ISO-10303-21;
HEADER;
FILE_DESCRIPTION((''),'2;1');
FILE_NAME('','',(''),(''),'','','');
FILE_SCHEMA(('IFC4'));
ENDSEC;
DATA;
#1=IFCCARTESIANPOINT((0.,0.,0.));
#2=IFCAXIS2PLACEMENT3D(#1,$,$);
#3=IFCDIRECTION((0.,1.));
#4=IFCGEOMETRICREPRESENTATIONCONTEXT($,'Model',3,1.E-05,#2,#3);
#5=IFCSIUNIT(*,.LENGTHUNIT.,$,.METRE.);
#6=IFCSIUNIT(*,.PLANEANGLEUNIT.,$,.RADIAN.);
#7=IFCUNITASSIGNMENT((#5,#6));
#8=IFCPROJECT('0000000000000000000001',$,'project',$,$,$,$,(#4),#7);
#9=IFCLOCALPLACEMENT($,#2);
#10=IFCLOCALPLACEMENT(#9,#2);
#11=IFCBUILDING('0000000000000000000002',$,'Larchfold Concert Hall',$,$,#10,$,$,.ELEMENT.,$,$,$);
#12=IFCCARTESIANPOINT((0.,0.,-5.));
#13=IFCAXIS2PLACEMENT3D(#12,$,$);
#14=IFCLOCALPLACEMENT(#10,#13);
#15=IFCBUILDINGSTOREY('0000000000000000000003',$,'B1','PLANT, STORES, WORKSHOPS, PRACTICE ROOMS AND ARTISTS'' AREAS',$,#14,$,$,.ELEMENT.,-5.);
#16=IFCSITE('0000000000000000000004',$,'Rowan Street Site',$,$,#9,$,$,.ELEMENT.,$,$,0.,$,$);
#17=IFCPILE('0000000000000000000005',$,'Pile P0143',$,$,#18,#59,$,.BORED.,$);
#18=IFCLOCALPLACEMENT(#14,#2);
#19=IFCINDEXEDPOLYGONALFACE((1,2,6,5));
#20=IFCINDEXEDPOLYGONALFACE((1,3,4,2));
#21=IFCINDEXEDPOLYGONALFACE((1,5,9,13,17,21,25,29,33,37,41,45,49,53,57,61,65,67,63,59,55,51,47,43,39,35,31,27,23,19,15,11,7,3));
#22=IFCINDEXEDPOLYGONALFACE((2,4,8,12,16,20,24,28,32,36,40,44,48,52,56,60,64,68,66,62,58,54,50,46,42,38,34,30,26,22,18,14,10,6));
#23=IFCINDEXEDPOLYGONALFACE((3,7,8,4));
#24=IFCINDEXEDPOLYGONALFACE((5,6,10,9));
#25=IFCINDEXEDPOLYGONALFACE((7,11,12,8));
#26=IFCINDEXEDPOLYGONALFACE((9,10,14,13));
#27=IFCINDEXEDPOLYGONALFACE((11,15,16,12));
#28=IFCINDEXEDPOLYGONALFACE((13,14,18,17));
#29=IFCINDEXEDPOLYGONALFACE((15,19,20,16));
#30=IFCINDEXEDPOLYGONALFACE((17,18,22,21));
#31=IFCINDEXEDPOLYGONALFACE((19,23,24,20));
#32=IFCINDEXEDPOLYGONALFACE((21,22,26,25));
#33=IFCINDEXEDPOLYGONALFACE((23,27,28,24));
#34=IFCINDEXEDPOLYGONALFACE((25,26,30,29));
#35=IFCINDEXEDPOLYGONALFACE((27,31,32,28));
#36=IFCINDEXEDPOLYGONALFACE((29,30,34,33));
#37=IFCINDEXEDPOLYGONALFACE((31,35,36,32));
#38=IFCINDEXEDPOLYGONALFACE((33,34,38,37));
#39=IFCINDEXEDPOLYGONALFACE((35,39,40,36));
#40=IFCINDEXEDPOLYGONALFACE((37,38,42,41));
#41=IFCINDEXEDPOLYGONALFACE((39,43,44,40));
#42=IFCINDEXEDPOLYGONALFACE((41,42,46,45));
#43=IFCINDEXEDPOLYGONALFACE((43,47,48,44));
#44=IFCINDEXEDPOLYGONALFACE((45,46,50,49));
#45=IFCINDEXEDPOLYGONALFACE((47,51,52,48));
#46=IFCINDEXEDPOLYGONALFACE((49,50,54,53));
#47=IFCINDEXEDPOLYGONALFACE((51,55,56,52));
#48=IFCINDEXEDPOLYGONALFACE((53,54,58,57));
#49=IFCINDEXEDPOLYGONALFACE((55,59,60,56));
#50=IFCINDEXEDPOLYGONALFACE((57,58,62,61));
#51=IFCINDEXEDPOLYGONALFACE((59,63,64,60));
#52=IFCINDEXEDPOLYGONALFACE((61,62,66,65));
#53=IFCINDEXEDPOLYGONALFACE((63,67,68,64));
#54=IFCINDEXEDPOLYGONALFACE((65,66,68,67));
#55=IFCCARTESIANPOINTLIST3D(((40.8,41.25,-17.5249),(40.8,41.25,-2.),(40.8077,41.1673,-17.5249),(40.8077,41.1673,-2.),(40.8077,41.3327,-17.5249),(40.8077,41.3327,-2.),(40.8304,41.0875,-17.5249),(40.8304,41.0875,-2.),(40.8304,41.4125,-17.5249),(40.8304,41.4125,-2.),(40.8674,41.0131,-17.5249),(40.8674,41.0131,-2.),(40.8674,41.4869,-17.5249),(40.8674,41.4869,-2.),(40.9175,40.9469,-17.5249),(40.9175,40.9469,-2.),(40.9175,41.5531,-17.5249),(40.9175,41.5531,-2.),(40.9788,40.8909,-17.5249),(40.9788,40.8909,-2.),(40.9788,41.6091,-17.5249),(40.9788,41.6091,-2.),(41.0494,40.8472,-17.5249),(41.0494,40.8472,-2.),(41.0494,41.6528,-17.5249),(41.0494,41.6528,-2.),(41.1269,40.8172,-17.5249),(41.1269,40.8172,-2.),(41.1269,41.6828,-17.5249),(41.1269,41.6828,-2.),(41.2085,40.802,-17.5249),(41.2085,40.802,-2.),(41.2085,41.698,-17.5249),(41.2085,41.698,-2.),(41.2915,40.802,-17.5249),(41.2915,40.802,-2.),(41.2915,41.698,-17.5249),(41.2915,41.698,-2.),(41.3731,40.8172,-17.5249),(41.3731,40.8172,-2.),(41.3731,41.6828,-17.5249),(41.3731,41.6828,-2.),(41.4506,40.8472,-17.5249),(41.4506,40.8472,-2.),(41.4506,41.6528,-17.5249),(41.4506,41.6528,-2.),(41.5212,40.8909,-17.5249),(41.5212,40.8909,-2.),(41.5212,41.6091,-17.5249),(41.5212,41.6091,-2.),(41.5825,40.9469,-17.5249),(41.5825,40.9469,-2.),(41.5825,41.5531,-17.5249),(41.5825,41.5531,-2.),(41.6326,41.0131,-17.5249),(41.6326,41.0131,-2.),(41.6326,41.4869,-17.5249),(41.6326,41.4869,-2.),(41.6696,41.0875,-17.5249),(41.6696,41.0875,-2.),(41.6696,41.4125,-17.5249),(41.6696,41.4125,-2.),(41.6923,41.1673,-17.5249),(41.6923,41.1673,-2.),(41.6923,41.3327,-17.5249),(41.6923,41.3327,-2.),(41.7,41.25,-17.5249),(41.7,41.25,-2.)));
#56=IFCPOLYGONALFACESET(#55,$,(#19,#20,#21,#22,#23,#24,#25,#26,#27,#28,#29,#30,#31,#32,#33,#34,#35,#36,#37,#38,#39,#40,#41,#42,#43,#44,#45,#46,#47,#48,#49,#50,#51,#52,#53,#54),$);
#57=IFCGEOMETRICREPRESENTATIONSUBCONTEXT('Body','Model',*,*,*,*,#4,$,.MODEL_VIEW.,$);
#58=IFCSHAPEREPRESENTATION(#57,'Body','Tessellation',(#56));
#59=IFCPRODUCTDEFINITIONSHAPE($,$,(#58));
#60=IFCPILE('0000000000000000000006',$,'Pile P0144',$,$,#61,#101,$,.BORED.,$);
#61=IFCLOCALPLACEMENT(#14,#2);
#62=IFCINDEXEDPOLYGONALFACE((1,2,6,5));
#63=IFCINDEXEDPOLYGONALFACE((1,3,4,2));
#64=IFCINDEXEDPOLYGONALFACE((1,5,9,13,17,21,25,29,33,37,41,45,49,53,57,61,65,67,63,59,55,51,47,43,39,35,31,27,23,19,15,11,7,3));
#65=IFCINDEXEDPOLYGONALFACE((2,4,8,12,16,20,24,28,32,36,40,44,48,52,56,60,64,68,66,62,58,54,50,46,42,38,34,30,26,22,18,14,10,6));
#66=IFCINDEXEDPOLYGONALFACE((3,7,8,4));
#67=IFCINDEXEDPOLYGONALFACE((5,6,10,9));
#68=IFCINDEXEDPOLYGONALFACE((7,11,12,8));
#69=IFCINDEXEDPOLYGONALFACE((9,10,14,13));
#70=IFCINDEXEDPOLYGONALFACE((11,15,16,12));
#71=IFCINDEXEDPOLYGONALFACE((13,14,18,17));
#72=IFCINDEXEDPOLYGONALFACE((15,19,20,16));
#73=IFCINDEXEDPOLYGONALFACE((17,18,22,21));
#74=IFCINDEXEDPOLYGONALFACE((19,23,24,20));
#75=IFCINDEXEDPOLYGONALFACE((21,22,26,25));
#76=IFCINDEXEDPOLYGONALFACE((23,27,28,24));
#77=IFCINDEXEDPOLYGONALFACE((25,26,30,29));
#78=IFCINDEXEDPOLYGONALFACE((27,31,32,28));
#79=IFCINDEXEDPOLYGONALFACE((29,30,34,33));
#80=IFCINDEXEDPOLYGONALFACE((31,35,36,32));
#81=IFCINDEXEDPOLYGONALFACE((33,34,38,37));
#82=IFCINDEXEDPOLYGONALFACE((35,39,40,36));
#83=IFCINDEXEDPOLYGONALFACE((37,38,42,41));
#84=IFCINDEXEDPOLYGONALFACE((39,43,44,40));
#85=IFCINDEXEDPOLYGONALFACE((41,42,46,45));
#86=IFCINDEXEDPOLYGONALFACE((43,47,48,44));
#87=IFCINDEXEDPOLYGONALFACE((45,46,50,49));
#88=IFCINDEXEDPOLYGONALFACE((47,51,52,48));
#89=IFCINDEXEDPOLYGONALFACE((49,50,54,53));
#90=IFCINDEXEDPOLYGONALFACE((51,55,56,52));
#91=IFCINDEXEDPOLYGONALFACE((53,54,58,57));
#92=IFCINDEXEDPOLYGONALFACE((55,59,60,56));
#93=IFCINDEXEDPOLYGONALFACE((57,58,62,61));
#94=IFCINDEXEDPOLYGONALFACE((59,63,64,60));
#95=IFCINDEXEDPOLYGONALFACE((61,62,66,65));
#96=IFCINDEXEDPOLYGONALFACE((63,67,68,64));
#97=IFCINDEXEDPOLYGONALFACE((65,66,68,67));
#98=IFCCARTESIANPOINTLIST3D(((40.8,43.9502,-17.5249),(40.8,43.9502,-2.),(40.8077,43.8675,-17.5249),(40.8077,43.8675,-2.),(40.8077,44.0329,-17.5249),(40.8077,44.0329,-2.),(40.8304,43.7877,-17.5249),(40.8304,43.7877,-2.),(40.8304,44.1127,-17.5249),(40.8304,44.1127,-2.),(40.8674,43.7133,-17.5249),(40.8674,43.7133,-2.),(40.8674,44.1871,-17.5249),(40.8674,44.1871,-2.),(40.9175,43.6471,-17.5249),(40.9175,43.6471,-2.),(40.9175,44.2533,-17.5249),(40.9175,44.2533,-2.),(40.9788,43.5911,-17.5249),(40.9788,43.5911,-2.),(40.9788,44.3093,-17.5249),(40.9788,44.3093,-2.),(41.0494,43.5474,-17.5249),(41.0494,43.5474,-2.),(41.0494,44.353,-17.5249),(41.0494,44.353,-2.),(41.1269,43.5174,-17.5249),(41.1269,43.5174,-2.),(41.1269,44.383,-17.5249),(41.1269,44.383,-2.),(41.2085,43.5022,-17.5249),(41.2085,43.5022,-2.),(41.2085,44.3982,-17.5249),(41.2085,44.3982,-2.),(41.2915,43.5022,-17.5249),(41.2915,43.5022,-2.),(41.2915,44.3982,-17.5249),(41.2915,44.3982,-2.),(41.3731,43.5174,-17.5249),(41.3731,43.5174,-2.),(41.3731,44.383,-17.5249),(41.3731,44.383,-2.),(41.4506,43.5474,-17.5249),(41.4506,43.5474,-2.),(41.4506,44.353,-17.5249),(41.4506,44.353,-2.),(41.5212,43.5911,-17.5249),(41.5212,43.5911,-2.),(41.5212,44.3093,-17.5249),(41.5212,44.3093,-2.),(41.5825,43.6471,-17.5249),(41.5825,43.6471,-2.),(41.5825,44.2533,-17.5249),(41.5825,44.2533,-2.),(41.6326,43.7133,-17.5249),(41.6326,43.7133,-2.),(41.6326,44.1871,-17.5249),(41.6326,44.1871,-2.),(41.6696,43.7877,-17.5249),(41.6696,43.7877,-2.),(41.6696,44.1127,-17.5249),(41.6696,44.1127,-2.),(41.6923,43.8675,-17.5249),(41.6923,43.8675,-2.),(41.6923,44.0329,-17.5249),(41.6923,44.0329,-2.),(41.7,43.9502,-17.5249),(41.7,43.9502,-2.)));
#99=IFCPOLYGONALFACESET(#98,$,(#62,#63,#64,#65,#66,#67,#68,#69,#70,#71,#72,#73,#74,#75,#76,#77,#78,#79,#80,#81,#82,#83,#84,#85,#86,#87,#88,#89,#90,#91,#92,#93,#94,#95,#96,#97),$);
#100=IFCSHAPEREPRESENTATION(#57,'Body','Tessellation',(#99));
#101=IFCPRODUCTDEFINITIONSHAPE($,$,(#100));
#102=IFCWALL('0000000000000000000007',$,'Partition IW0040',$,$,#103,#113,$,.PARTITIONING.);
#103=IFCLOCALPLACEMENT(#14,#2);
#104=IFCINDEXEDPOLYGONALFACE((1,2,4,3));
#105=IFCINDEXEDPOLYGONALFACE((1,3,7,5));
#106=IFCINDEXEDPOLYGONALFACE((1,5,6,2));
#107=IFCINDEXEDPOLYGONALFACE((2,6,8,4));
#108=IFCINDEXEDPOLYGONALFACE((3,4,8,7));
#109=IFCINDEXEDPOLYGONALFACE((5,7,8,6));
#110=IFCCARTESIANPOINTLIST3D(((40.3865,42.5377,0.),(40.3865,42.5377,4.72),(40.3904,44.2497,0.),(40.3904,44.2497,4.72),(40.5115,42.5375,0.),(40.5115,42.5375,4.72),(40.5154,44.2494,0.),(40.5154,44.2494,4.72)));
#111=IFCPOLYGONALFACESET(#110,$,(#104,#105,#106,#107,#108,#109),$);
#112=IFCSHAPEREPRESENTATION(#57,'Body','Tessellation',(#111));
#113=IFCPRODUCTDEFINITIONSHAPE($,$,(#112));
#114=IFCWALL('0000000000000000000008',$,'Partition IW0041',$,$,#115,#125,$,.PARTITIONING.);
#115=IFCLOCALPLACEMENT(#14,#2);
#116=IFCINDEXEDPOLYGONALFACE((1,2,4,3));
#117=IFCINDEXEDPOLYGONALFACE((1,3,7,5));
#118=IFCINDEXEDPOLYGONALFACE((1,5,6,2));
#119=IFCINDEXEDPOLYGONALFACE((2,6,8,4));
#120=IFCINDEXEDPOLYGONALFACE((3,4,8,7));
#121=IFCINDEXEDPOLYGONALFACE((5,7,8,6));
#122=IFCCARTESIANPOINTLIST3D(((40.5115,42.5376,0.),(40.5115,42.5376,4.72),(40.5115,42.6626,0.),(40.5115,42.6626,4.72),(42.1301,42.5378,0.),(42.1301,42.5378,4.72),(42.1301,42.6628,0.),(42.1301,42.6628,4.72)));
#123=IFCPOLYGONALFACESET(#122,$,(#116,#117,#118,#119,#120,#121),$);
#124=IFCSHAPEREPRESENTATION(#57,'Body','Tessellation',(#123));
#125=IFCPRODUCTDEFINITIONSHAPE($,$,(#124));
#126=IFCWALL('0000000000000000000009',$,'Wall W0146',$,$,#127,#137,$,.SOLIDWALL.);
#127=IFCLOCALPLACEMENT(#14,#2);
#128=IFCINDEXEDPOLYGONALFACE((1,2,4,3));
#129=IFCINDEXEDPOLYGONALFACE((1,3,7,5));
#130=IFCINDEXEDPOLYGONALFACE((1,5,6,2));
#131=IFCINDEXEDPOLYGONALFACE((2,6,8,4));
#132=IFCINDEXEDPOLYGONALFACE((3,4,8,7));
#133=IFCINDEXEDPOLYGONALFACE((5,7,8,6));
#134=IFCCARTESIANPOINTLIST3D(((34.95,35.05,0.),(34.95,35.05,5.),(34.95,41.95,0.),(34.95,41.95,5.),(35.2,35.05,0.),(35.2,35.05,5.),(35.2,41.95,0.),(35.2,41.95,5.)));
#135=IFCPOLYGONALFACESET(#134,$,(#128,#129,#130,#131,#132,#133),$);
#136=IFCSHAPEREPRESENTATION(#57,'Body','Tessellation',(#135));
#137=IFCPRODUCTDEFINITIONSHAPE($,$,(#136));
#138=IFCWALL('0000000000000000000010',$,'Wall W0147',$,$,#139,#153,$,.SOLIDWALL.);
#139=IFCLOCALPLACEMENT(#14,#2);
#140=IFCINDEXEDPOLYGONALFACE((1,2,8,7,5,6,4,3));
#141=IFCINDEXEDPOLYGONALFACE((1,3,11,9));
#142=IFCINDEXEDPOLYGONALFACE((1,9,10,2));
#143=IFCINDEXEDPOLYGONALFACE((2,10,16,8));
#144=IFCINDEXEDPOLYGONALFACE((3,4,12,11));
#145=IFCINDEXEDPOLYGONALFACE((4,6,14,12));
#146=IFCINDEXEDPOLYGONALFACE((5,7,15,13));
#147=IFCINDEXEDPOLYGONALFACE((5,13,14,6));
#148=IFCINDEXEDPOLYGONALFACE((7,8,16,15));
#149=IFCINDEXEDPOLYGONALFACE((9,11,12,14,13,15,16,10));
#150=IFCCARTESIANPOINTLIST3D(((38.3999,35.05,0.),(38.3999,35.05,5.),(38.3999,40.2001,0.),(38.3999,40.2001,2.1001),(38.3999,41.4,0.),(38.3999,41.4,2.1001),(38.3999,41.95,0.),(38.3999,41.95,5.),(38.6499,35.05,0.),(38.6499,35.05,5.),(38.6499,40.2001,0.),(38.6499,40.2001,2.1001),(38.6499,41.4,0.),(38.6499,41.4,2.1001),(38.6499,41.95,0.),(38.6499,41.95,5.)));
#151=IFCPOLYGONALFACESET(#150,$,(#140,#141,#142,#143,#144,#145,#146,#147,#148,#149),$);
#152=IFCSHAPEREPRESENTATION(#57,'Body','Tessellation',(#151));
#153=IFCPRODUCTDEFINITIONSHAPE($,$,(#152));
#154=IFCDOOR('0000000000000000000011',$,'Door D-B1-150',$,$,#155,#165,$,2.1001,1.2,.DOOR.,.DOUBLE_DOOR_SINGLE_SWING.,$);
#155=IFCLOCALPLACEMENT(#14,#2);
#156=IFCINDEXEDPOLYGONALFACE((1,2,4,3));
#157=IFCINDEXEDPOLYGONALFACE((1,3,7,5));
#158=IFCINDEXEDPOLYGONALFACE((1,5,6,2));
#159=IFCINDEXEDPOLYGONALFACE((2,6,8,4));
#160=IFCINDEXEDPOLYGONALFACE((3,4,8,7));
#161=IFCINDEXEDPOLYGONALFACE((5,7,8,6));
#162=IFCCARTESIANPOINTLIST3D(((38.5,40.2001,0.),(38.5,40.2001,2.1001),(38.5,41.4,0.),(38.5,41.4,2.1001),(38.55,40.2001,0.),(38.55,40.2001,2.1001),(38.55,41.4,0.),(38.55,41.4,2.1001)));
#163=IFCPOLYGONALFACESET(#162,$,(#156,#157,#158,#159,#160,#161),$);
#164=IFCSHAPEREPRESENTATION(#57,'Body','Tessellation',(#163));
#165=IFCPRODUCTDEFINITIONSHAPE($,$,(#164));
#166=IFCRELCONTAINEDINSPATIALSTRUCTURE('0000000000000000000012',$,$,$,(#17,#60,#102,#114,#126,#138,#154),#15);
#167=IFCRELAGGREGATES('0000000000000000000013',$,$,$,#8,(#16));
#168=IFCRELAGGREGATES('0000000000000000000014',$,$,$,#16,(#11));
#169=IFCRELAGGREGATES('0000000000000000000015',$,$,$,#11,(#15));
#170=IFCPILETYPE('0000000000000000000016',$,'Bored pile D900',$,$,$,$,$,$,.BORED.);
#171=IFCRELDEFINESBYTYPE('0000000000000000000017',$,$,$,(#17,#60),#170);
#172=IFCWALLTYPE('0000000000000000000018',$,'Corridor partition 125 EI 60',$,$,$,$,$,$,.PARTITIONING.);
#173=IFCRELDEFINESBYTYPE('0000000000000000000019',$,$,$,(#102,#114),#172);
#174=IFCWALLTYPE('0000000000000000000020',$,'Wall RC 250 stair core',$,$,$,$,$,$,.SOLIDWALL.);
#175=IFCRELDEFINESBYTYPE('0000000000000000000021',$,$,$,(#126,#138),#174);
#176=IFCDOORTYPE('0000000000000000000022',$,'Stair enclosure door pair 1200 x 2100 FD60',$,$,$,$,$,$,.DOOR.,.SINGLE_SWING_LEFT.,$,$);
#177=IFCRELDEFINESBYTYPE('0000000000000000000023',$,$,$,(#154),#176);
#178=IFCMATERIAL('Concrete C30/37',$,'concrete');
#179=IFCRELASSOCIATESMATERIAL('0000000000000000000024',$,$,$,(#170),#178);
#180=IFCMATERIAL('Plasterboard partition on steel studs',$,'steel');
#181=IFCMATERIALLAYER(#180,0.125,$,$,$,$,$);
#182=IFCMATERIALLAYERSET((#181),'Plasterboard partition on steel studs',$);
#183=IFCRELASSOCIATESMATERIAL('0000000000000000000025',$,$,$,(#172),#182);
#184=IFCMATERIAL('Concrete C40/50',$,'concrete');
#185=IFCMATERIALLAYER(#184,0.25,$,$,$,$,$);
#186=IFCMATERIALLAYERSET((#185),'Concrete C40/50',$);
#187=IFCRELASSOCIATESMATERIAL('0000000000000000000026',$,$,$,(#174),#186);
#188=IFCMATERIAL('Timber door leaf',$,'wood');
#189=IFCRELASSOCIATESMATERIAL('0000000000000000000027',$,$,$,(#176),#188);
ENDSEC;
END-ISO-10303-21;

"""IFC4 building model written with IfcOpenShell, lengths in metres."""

from ifc_helpers import new_model, si_unit, direction, frame, frame_2d, origin, origin_2d, place, context, subcontext, project, spatial, rectangle, circle, extrude, material, layer, layer_set, material_profile, profile_set, type_object, element, fill, save


model = new_model("IFC4")

# Units and contexts
model_context = context("Model", 3, precision=1e-05, world=origin(), true_north=direction((0.0, 1.0)))
body_context = subcontext(model_context, "Body", "Model", "MODEL_VIEW")
ifc_project = project(units=[si_unit("LENGTHUNIT", "METRE"), si_unit("PLANEANGLEUNIT", "RADIAN")], contexts=[model_context])

# Site, building, storey
site_placement = place(None, origin())
site = spatial("IfcSite", under=ifc_project, at=site_placement, Name="Rowan Street Site", CompositionType="ELEMENT", RefElevation=0.0)
building_placement = place(site_placement, origin())
building = spatial("IfcBuilding", under=site, at=building_placement, Name="Larchfold Concert Hall", CompositionType="ELEMENT")
storey_placement = place(building_placement, frame((0.0, 0.0, -5.0)))
storey = spatial("IfcBuildingStorey", under=building, at=storey_placement, Name="B1", Description="PLANT, STORES, WORKSHOPS, PRACTICE ROOMS AND ARTISTS' AREAS", CompositionType="ELEMENT", Elevation=-5.0)

# Piles
ifc_material_1 = material(Name="Concrete C30/37", Category="concrete")
ifc_material_profile = material_profile(ifc_material_1, circle(Radius=0.45, at=origin_2d()))
ifc_profile_set = profile_set([ifc_material_profile], Name="Concrete C30/37")
pile_type = type_object("IfcPileType", Name="Bored pile D900", PredefinedType="BORED", material=ifc_profile_set)
for number, where, z_axis, x_axis, name in (
    (1, (41.25, 41.25, -2.0), (0.0, 0.0, -1.0), (1.0, 0.0, 0.0), "Pile P0143"),
    (2, (41.25, 43.9502, -2.0), (0.0, 0.0, -1.0), (1.0, 0.0, 0.0), "Pile P0144"),
):
    element("IfcPile", number, at=place(storey_placement, frame(where, z_axis=z_axis, x_axis=x_axis)), inside=storey, type_object=pile_type, Name=name, PredefinedType="BORED", context=body_context, shape_type="SweptSolid", body=[
        extrude(circle(Radius=0.45, at=origin_2d()), origin(), (0.0, 0.0, 1.0), 15.5249),
    ])

# Walls
ifc_material_2 = material(Name="Plasterboard partition on steel studs", Category="steel")
ifc_layer_1 = layer(ifc_material_2, 0.125)
ifc_layer_set_1 = layer_set([ifc_layer_1], Name="Plasterboard partition on steel studs")
wall_type_1 = type_object("IfcWallType", Name="Corridor partition 125 EI 60", PredefinedType="PARTITIONING", material=ifc_layer_set_1)
wall_1_placement = place(storey_placement, frame((40.4529, 44.2495, 0.0), z_axis=(0.0, 0.0, 1.0), x_axis=(-0.002282, -0.999997, 0.0)))
element("IfcWall", 3, at=wall_1_placement, inside=storey, type_object=wall_type_1, Name="Partition IW0040", PredefinedType="PARTITIONING", context=body_context, shape_type="SweptSolid", body=[
    extrude(rectangle(XDim=1.7119, YDim=0.125, at=frame_2d((0.856, 0.0))), origin(), (0.0, 0.0, 1.0), 4.72),
])
wall_2_placement = place(storey_placement, frame((40.5115, 42.6001, 0.0), z_axis=(0.0, 0.0, 1.0), x_axis=(1.0, 0.000151, 0.0)))
element("IfcWall", 4, at=wall_2_placement, inside=storey, type_object=wall_type_1, Name="Partition IW0041", PredefinedType="PARTITIONING", context=body_context, shape_type="SweptSolid", body=[
    extrude(rectangle(XDim=1.6187, YDim=0.125, at=frame_2d((0.8093, 0.0))), origin(), (0.0, 0.0, 1.0), 4.72),
])
ifc_material_3 = material(Name="Concrete C40/50", Category="concrete")
ifc_layer_2 = layer(ifc_material_3, 0.25)
ifc_layer_set_2 = layer_set([ifc_layer_2], Name="Concrete C40/50")
wall_type_2 = type_object("IfcWallType", Name="Wall RC 250 stair core", PredefinedType="SOLIDWALL", material=ifc_layer_set_2)
wall_3_placement = place(storey_placement, frame((35.075, 35.05, 0.0), z_axis=(0.0, 0.0, 1.0), x_axis=(0.0, 1.0, 0.0)))
element("IfcWall", 5, at=wall_3_placement, inside=storey, type_object=wall_type_2, Name="Wall W0146", PredefinedType="SOLIDWALL", context=body_context, shape_type="SweptSolid", body=[
    extrude(rectangle(XDim=6.8999, YDim=0.25, at=frame_2d((3.45, 0.0))), origin(), (0.0, 0.0, 1.0), 5.0),
])

# Wall, opening, door
wall_4_placement = place(storey_placement, frame((38.5249, 35.05, 0.0), z_axis=(0.0, 0.0, 1.0), x_axis=(0.0, 1.0, 0.0)))
wall_4 = element("IfcWall", 6, at=wall_4_placement, inside=storey, type_object=wall_type_2, Name="Wall W0147", PredefinedType="SOLIDWALL", context=body_context, shape_type="SweptSolid", body=[
    extrude(rectangle(XDim=6.8999, YDim=0.25, at=frame_2d((3.45, 0.0))), origin(), (0.0, 0.0, 1.0), 5.0),
])
opening_placement = place(wall_4_placement, frame((5.1499, 0.0, 0.0)))
opening = element("IfcOpeningElement", 7, at=opening_placement, cuts=wall_4, PredefinedType="OPENING", context=body_context, shape_type="SweptSolid", body=[
    extrude(rectangle(XDim=1.2, YDim=2.1001, at=frame_2d((0.6001, 1.05))), frame((0.0, 0.135, 0.0), z_axis=(0.0, -1.0, 0.0), x_axis=(1.0, 0.0, 0.0)), (0.0, 0.0, 1.0), 0.27),
])
ifc_material_4 = material(Name="Timber door leaf", Category="wood")
door_type = type_object("IfcDoorType", Name="Stair enclosure door pair 1200 x 2100 FD60", OperationType="SINGLE_SWING_LEFT", PredefinedType="DOOR", material=ifc_material_4)
door_placement = place(opening_placement, origin())
door = element("IfcDoor", 8, at=door_placement, inside=storey, type_object=door_type, Name="Door D-B1-150", OperationType="DOUBLE_DOOR_SINGLE_SWING", OverallHeight=2.1001, OverallWidth=1.2, PredefinedType="DOOR", context=body_context, shape_type="SweptSolid", body=[
    extrude(rectangle(XDim=1.2, YDim=2.1001, at=frame_2d((0.6001, 1.05))), frame((0.0, 0.0249, 0.0), z_axis=(0.0, -1.0, 0.0), x_axis=(1.0, 0.0, 0.0)), (0.0, 0.0, 1.0), 0.05),
])
fill(opening, door)

save(model, "model.ifc")
